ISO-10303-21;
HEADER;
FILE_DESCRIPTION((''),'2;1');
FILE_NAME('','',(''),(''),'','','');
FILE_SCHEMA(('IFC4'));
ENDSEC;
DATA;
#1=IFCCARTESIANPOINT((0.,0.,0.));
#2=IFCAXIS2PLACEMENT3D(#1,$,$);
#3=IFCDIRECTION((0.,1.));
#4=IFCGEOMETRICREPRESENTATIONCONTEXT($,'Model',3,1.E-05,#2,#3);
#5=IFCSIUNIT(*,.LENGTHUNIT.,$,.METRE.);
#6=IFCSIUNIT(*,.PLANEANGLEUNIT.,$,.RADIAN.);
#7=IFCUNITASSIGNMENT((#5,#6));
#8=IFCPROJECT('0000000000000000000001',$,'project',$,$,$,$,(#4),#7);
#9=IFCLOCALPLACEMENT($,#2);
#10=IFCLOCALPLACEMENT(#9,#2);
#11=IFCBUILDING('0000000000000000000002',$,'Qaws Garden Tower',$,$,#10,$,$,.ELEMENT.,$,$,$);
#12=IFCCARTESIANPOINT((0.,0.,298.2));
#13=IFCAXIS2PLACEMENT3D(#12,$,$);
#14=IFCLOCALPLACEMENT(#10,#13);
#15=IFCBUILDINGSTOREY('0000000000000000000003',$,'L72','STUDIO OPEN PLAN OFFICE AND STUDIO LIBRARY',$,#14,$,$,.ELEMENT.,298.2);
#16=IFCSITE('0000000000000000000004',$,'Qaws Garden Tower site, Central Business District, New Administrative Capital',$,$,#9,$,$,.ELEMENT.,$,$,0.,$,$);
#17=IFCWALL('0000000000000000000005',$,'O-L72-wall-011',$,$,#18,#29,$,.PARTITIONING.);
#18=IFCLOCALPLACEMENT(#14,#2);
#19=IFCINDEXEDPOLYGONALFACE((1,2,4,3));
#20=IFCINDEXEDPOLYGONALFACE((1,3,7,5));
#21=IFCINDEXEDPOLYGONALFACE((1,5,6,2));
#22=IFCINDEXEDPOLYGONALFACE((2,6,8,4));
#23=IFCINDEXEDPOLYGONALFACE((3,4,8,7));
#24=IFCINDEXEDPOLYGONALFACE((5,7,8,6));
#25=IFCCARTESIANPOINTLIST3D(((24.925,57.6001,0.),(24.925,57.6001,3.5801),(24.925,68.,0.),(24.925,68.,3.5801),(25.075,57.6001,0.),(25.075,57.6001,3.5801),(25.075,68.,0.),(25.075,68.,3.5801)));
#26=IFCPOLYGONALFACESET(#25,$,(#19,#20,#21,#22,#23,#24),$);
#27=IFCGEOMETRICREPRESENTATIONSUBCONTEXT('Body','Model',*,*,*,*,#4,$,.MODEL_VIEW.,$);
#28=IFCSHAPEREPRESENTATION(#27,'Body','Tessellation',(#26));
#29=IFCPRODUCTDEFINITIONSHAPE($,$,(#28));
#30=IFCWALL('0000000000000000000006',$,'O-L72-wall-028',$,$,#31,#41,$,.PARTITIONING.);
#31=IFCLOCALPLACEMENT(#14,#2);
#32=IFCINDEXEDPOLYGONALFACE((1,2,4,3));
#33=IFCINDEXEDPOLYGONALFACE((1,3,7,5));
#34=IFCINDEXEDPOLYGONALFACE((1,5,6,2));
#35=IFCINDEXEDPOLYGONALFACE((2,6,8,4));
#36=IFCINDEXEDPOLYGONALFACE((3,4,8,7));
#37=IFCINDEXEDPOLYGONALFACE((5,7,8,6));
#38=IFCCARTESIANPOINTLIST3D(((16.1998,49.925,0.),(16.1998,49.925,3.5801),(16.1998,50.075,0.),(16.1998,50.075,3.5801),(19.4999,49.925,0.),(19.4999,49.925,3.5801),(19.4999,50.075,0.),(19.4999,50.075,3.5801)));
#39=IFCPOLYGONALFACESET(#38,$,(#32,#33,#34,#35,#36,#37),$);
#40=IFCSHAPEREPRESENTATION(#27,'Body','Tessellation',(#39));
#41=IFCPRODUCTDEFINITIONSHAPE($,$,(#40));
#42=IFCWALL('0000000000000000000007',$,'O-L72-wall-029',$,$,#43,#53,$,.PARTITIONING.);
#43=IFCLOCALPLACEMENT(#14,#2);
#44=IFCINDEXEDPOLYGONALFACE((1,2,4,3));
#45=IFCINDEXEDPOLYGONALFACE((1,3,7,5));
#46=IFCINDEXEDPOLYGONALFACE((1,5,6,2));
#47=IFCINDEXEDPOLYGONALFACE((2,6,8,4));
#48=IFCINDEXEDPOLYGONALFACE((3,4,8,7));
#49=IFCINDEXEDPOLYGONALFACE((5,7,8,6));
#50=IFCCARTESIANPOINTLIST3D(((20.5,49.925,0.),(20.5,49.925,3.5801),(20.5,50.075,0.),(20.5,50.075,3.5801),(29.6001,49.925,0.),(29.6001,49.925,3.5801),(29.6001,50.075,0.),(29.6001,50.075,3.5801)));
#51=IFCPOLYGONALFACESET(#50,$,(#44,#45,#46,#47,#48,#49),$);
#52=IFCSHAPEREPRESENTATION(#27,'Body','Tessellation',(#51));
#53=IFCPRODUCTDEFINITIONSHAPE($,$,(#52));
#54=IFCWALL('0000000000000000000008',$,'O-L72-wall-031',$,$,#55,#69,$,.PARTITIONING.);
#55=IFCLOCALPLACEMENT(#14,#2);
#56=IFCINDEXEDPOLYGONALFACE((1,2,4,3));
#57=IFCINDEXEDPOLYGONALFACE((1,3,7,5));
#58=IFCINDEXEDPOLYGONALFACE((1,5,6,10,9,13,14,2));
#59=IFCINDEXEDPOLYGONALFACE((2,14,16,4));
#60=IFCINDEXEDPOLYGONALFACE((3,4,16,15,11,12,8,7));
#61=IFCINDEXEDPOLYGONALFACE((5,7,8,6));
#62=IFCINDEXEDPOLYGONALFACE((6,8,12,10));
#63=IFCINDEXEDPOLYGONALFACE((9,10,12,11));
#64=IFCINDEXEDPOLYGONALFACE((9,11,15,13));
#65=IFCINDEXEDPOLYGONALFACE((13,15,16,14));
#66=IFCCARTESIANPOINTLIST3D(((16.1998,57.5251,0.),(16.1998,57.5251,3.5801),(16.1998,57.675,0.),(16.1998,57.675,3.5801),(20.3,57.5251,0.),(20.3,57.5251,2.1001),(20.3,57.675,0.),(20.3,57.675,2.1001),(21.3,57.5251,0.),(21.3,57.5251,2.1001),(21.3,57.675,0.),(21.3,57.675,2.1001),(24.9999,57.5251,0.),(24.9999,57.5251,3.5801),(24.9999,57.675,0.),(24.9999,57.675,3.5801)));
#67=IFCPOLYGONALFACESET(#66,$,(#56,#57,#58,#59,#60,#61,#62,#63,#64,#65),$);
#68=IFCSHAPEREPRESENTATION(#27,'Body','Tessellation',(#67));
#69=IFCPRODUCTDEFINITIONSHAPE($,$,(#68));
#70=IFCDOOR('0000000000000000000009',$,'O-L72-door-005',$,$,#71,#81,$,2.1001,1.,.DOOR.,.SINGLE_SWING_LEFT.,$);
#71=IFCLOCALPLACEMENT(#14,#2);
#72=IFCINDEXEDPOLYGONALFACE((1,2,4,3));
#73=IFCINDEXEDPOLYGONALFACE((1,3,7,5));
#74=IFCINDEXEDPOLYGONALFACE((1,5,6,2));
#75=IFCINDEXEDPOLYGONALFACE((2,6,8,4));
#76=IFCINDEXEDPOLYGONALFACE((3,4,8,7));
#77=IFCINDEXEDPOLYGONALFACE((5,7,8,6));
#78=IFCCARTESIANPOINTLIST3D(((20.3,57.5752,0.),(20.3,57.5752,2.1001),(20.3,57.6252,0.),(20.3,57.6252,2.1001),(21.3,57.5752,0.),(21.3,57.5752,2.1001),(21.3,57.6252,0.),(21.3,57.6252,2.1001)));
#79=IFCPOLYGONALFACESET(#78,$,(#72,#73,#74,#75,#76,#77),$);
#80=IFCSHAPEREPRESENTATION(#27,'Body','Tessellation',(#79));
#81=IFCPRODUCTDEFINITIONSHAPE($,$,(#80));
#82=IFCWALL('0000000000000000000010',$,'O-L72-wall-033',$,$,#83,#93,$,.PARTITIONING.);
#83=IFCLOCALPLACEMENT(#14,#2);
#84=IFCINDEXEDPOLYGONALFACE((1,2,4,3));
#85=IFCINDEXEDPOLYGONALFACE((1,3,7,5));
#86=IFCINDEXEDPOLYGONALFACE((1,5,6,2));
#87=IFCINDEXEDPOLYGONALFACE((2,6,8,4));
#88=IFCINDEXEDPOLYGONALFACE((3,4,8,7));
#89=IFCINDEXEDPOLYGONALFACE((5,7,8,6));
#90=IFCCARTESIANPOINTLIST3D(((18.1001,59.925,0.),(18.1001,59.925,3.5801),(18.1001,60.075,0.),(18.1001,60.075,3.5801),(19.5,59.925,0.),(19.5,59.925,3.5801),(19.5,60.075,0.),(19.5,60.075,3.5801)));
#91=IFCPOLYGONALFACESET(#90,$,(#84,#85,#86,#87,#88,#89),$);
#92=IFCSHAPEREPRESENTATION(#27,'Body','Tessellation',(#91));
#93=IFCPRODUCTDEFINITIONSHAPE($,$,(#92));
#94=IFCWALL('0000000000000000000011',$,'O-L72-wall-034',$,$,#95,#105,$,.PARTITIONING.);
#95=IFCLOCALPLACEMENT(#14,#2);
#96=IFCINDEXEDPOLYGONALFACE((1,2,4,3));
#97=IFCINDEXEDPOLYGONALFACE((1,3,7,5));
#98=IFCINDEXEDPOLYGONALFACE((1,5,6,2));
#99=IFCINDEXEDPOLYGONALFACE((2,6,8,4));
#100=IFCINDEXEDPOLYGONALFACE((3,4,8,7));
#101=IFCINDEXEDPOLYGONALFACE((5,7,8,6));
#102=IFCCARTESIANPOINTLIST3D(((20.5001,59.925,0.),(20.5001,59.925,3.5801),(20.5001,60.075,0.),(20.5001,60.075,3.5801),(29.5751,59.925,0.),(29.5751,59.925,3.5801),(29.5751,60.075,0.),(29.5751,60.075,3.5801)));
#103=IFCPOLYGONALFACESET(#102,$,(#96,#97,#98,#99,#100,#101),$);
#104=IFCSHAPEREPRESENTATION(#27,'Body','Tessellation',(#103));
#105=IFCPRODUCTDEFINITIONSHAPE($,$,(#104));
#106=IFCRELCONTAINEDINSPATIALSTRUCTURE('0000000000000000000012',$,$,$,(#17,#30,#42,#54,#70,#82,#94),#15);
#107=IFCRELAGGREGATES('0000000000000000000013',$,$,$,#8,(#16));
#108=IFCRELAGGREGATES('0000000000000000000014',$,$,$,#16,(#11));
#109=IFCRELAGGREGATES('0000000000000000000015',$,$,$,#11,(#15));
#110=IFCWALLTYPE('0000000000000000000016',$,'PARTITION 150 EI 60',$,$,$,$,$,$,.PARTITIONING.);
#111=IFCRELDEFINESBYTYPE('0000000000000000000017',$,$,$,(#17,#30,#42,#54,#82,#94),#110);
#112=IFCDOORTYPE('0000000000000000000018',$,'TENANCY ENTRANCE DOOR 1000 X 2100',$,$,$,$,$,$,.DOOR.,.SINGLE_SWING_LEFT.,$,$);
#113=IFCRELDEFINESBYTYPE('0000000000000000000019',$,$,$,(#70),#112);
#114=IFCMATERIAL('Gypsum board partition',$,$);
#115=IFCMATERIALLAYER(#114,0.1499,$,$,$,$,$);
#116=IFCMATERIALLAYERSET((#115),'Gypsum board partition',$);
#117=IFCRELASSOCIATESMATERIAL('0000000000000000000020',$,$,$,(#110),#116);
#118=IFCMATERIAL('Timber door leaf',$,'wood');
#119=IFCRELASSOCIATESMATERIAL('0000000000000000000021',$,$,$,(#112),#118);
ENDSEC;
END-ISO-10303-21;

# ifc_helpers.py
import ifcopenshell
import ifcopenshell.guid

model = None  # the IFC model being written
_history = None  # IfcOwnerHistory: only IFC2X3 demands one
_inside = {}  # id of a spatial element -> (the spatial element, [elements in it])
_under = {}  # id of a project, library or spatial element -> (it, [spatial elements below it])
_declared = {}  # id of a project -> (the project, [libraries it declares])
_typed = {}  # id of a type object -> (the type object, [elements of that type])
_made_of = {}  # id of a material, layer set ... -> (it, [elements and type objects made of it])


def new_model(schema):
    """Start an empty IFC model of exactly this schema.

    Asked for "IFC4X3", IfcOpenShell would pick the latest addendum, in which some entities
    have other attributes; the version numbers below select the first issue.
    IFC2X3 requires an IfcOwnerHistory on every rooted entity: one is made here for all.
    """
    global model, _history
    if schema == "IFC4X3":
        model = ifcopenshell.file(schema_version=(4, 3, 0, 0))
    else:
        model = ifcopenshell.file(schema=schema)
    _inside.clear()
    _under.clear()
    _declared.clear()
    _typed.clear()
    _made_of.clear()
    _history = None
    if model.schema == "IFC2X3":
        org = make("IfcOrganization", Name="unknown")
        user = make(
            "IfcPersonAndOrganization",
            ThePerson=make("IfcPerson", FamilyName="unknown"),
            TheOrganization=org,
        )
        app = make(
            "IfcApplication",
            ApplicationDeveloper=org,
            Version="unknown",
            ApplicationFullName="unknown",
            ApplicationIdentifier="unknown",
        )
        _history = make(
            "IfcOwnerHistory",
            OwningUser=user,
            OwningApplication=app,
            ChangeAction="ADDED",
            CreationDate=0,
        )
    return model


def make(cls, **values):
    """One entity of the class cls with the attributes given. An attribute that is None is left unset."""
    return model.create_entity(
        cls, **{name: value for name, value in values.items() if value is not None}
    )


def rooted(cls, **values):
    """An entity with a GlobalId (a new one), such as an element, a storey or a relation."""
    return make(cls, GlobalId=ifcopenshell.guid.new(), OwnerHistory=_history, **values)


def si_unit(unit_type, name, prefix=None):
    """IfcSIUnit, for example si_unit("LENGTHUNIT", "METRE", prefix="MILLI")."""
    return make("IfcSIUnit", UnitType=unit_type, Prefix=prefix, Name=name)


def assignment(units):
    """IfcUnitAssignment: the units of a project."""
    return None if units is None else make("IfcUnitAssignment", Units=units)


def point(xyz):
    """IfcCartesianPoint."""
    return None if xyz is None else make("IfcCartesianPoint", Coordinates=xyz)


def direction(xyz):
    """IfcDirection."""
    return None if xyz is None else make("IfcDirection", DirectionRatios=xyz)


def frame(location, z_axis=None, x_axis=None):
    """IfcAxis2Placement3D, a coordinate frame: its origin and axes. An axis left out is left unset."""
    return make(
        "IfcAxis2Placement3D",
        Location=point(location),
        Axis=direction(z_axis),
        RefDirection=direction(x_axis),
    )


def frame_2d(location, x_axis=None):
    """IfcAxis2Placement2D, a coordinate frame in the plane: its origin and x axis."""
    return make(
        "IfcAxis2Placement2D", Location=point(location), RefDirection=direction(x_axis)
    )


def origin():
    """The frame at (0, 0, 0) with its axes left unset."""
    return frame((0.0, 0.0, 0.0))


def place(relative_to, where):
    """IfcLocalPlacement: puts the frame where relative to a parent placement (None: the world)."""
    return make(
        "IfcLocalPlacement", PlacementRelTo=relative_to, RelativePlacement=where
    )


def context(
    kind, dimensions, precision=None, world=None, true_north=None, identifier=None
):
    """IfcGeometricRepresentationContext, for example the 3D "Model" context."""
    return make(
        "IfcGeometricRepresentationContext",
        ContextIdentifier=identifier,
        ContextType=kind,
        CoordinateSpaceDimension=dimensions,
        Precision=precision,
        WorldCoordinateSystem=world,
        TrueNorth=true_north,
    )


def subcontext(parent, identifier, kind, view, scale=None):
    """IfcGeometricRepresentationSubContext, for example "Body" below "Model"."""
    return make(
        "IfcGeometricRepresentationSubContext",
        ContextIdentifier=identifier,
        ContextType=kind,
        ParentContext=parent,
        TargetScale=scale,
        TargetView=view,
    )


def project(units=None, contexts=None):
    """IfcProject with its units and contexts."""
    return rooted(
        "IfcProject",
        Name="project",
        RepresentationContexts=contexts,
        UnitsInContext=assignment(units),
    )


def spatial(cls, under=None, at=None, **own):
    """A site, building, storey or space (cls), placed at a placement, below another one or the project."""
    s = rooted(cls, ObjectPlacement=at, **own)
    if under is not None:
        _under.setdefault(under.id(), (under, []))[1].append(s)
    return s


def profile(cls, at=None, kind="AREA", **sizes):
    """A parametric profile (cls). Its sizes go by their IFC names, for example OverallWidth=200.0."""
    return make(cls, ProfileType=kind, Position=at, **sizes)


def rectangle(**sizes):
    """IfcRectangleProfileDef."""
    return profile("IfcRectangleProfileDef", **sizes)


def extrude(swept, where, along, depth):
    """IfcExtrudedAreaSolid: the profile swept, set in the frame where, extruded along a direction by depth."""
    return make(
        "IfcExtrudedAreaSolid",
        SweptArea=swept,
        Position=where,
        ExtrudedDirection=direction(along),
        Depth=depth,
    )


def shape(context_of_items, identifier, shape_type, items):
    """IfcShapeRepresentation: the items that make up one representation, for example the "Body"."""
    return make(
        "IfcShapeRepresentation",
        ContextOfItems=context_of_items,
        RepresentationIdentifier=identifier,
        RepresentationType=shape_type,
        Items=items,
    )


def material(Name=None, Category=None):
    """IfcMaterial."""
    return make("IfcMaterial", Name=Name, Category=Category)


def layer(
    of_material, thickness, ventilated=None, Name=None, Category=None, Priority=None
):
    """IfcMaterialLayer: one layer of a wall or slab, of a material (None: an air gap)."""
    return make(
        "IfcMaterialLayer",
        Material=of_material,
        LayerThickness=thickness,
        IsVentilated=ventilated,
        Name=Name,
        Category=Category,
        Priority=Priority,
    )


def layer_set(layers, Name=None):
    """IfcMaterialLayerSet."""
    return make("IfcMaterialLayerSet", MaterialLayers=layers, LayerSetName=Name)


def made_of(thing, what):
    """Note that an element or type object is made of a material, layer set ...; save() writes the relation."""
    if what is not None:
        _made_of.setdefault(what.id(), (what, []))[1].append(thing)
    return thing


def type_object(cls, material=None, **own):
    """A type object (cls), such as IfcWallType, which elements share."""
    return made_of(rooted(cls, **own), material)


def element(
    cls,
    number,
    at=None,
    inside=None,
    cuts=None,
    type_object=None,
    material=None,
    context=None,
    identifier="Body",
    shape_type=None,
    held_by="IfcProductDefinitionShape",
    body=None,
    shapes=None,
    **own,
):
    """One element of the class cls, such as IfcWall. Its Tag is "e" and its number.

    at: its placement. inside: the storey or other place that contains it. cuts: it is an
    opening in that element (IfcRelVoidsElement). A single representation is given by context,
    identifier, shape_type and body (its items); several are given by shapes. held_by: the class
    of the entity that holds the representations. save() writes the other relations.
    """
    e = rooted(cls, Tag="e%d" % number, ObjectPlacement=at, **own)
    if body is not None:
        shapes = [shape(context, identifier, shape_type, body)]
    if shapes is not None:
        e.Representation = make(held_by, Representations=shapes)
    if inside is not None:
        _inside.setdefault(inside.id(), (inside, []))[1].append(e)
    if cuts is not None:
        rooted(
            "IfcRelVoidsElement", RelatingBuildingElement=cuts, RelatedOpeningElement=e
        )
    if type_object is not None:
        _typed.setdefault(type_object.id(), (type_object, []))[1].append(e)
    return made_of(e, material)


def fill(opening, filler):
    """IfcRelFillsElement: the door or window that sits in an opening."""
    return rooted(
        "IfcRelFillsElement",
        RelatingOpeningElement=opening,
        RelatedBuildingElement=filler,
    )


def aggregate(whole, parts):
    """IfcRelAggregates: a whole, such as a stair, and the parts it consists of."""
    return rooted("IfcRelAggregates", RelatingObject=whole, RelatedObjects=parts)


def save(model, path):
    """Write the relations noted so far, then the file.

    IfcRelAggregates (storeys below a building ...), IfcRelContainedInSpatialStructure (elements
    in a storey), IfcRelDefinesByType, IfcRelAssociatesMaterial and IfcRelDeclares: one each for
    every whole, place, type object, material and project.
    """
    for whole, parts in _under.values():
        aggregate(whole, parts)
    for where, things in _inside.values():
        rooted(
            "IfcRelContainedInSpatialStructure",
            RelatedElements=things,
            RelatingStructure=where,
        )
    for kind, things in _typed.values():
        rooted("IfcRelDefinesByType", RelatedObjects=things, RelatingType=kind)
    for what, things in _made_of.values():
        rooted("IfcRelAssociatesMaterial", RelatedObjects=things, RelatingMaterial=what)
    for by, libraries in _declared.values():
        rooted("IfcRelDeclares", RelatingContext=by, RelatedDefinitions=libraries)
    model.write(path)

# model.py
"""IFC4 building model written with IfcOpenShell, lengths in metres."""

from ifc_helpers import new_model, si_unit, direction, frame, frame_2d, origin, place, context, subcontext, project, spatial, rectangle, extrude, material, layer, layer_set, type_object, element, fill, save


model = new_model("IFC4")

# Units and contexts
model_context = context("Model", 3, precision=1e-05, world=origin(), true_north=direction((0.0, 1.0)))
body_context = subcontext(model_context, "Body", "Model", "MODEL_VIEW")
ifc_project = project(units=[si_unit("LENGTHUNIT", "METRE"), si_unit("PLANEANGLEUNIT", "RADIAN")], contexts=[model_context])

# Site, building, storey
site_placement = place(None, origin())
site = spatial("IfcSite", under=ifc_project, at=site_placement, Name="Qaws Garden Tower site, Central Business District, New Administrative Capital", CompositionType="ELEMENT", RefElevation=0.0)
building_placement = place(site_placement, origin())
building = spatial("IfcBuilding", under=site, at=building_placement, Name="Qaws Garden Tower", CompositionType="ELEMENT")
storey_placement = place(building_placement, frame((0.0, 0.0, 298.2)))
storey = spatial("IfcBuildingStorey", under=building, at=storey_placement, Name="L72", Description="STUDIO OPEN PLAN OFFICE AND STUDIO LIBRARY", CompositionType="ELEMENT", Elevation=298.2)

# Shared definitions
ifc_material_1 = material(Name="Gypsum board partition")
ifc_layer_1 = layer(ifc_material_1, 0.1499)
ifc_layer_set_1 = layer_set([ifc_layer_1], Name="Gypsum board partition")
wall_type_1 = type_object("IfcWallType", Name="PARTITION 150 EI 60", PredefinedType="PARTITIONING", material=ifc_layer_set_1)

# Shared definitions
ifc_material_2 = material(Name="Timber door leaf", Category="wood")
door_type = type_object("IfcDoorType", Name="TENANCY ENTRANCE DOOR 1000 X 2100", OperationType="SINGLE_SWING_LEFT", PredefinedType="DOOR", material=ifc_material_2)

# Walls
wall_1_placement = place(storey_placement, frame((25.0, 57.6001, 0.0), z_axis=(0.0, 0.0, 1.0), x_axis=(0.0, 1.0, 0.0)))
element("IfcWall", 1, at=wall_1_placement, inside=storey, type_object=wall_type_1, Name="O-L72-wall-011", PredefinedType="PARTITIONING", context=body_context, shape_type="SweptSolid", body=[
    extrude(rectangle(XDim=10.3999, YDim=0.1499, at=frame_2d((5.2, 0.0))), origin(), (0.0, 0.0, 1.0), 3.5801),
])
wall_2_placement = place(storey_placement, frame((16.2, 50.0, 0.0), z_axis=(0.0, 0.0, 1.0), x_axis=(1.0, 0.0, 0.0)))
element("IfcWall", 2, at=wall_2_placement, inside=storey, type_object=wall_type_1, Name="O-L72-wall-028", PredefinedType="PARTITIONING", context=body_context, shape_type="SweptSolid", body=[
    extrude(rectangle(XDim=3.3, YDim=0.1499, at=frame_2d((1.6499, 0.0))), origin(), (0.0, 0.0, 1.0), 3.5801),
])
wall_3_placement = place(storey_placement, frame((20.5, 50.0, 0.0), z_axis=(0.0, 0.0, 1.0), x_axis=(1.0, 0.0, 0.0)))
element("IfcWall", 3, at=wall_3_placement, inside=storey, type_object=wall_type_1, Name="O-L72-wall-029", PredefinedType="PARTITIONING", context=body_context, shape_type="SweptSolid", body=[
    extrude(rectangle(XDim=9.1001, YDim=0.1499, at=frame_2d((4.55, 0.0))), origin(), (0.0, 0.0, 1.0), 3.5801),
])

# Wall, opening, door
wall_4_placement = place(storey_placement, frame((16.2, 57.6001, 0.0), z_axis=(0.0, 0.0, 1.0), x_axis=(1.0, 0.0, 0.0)))
wall_4 = element("IfcWall", 4, at=wall_4_placement, inside=storey, type_object=wall_type_1, Name="O-L72-wall-031", PredefinedType="PARTITIONING", context=body_context, shape_type="SweptSolid", body=[
    extrude(rectangle(XDim=8.8, YDim=0.1499, at=frame_2d((4.3999, 0.0))), origin(), (0.0, 0.0, 1.0), 3.5801),
])
opening_1_placement = place(wall_4_placement, frame((4.1001, 0.0, 0.0)))
opening_1 = element("IfcOpeningElement", 5, at=opening_1_placement, cuts=wall_4, PredefinedType="OPENING", context=body_context, shape_type="SweptSolid", body=[
    extrude(rectangle(XDim=1.0, YDim=2.1001, at=frame_2d((0.5, 1.05))), frame((0.0, 0.085, 0.0), z_axis=(0.0, -1.0, 0.0), x_axis=(1.0, 0.0, 0.0)), (0.0, 0.0, 1.0), 0.1699),
])
door_1_placement = place(opening_1_placement, frame((1.0, 0.0, 0.0), z_axis=(0.0, 0.0, 1.0), x_axis=(-1.0, 0.0, 0.0)))
door_1 = element("IfcDoor", 6, at=door_1_placement, inside=storey, type_object=door_type, Name="O-L72-door-005", OperationType="SINGLE_SWING_LEFT", OverallHeight=2.1001, OverallWidth=1.0, PredefinedType="DOOR", context=body_context, shape_type="SweptSolid", body=[
    extrude(rectangle(XDim=1.0, YDim=2.1001, at=frame_2d((0.5, 1.05))), frame((0.0, 0.0249, 0.0), z_axis=(0.0, -1.0, 0.0), x_axis=(1.0, 0.0, 0.0)), (0.0, 0.0, 1.0), 0.05),
])
fill(opening_1, door_1)

# Walls
wall_5_placement = place(storey_placement, frame((18.1001, 60.0, 0.0), z_axis=(0.0, 0.0, 1.0), x_axis=(1.0, 0.0, 0.0)))
element("IfcWall", 7, at=wall_5_placement, inside=storey, type_object=wall_type_1, Name="O-L72-wall-033", PredefinedType="PARTITIONING", context=body_context, shape_type="SweptSolid", body=[
    extrude(rectangle(XDim=1.3999, YDim=0.1499, at=frame_2d((0.7, 0.0))), origin(), (0.0, 0.0, 1.0), 3.5801),
])
wall_6_placement = place(storey_placement, frame((20.5, 60.0, 0.0), z_axis=(0.0, 0.0, 1.0), x_axis=(1.0, 0.0, 0.0)))
element("IfcWall", 8, at=wall_6_placement, inside=storey, type_object=wall_type_1, Name="O-L72-wall-034", PredefinedType="PARTITIONING", context=body_context, shape_type="SweptSolid", body=[
    extrude(rectangle(XDim=9.075, YDim=0.1499, at=frame_2d((4.5376, 0.0))), origin(), (0.0, 0.0, 1.0), 3.5801),
])

save(model, "model.ifc")
